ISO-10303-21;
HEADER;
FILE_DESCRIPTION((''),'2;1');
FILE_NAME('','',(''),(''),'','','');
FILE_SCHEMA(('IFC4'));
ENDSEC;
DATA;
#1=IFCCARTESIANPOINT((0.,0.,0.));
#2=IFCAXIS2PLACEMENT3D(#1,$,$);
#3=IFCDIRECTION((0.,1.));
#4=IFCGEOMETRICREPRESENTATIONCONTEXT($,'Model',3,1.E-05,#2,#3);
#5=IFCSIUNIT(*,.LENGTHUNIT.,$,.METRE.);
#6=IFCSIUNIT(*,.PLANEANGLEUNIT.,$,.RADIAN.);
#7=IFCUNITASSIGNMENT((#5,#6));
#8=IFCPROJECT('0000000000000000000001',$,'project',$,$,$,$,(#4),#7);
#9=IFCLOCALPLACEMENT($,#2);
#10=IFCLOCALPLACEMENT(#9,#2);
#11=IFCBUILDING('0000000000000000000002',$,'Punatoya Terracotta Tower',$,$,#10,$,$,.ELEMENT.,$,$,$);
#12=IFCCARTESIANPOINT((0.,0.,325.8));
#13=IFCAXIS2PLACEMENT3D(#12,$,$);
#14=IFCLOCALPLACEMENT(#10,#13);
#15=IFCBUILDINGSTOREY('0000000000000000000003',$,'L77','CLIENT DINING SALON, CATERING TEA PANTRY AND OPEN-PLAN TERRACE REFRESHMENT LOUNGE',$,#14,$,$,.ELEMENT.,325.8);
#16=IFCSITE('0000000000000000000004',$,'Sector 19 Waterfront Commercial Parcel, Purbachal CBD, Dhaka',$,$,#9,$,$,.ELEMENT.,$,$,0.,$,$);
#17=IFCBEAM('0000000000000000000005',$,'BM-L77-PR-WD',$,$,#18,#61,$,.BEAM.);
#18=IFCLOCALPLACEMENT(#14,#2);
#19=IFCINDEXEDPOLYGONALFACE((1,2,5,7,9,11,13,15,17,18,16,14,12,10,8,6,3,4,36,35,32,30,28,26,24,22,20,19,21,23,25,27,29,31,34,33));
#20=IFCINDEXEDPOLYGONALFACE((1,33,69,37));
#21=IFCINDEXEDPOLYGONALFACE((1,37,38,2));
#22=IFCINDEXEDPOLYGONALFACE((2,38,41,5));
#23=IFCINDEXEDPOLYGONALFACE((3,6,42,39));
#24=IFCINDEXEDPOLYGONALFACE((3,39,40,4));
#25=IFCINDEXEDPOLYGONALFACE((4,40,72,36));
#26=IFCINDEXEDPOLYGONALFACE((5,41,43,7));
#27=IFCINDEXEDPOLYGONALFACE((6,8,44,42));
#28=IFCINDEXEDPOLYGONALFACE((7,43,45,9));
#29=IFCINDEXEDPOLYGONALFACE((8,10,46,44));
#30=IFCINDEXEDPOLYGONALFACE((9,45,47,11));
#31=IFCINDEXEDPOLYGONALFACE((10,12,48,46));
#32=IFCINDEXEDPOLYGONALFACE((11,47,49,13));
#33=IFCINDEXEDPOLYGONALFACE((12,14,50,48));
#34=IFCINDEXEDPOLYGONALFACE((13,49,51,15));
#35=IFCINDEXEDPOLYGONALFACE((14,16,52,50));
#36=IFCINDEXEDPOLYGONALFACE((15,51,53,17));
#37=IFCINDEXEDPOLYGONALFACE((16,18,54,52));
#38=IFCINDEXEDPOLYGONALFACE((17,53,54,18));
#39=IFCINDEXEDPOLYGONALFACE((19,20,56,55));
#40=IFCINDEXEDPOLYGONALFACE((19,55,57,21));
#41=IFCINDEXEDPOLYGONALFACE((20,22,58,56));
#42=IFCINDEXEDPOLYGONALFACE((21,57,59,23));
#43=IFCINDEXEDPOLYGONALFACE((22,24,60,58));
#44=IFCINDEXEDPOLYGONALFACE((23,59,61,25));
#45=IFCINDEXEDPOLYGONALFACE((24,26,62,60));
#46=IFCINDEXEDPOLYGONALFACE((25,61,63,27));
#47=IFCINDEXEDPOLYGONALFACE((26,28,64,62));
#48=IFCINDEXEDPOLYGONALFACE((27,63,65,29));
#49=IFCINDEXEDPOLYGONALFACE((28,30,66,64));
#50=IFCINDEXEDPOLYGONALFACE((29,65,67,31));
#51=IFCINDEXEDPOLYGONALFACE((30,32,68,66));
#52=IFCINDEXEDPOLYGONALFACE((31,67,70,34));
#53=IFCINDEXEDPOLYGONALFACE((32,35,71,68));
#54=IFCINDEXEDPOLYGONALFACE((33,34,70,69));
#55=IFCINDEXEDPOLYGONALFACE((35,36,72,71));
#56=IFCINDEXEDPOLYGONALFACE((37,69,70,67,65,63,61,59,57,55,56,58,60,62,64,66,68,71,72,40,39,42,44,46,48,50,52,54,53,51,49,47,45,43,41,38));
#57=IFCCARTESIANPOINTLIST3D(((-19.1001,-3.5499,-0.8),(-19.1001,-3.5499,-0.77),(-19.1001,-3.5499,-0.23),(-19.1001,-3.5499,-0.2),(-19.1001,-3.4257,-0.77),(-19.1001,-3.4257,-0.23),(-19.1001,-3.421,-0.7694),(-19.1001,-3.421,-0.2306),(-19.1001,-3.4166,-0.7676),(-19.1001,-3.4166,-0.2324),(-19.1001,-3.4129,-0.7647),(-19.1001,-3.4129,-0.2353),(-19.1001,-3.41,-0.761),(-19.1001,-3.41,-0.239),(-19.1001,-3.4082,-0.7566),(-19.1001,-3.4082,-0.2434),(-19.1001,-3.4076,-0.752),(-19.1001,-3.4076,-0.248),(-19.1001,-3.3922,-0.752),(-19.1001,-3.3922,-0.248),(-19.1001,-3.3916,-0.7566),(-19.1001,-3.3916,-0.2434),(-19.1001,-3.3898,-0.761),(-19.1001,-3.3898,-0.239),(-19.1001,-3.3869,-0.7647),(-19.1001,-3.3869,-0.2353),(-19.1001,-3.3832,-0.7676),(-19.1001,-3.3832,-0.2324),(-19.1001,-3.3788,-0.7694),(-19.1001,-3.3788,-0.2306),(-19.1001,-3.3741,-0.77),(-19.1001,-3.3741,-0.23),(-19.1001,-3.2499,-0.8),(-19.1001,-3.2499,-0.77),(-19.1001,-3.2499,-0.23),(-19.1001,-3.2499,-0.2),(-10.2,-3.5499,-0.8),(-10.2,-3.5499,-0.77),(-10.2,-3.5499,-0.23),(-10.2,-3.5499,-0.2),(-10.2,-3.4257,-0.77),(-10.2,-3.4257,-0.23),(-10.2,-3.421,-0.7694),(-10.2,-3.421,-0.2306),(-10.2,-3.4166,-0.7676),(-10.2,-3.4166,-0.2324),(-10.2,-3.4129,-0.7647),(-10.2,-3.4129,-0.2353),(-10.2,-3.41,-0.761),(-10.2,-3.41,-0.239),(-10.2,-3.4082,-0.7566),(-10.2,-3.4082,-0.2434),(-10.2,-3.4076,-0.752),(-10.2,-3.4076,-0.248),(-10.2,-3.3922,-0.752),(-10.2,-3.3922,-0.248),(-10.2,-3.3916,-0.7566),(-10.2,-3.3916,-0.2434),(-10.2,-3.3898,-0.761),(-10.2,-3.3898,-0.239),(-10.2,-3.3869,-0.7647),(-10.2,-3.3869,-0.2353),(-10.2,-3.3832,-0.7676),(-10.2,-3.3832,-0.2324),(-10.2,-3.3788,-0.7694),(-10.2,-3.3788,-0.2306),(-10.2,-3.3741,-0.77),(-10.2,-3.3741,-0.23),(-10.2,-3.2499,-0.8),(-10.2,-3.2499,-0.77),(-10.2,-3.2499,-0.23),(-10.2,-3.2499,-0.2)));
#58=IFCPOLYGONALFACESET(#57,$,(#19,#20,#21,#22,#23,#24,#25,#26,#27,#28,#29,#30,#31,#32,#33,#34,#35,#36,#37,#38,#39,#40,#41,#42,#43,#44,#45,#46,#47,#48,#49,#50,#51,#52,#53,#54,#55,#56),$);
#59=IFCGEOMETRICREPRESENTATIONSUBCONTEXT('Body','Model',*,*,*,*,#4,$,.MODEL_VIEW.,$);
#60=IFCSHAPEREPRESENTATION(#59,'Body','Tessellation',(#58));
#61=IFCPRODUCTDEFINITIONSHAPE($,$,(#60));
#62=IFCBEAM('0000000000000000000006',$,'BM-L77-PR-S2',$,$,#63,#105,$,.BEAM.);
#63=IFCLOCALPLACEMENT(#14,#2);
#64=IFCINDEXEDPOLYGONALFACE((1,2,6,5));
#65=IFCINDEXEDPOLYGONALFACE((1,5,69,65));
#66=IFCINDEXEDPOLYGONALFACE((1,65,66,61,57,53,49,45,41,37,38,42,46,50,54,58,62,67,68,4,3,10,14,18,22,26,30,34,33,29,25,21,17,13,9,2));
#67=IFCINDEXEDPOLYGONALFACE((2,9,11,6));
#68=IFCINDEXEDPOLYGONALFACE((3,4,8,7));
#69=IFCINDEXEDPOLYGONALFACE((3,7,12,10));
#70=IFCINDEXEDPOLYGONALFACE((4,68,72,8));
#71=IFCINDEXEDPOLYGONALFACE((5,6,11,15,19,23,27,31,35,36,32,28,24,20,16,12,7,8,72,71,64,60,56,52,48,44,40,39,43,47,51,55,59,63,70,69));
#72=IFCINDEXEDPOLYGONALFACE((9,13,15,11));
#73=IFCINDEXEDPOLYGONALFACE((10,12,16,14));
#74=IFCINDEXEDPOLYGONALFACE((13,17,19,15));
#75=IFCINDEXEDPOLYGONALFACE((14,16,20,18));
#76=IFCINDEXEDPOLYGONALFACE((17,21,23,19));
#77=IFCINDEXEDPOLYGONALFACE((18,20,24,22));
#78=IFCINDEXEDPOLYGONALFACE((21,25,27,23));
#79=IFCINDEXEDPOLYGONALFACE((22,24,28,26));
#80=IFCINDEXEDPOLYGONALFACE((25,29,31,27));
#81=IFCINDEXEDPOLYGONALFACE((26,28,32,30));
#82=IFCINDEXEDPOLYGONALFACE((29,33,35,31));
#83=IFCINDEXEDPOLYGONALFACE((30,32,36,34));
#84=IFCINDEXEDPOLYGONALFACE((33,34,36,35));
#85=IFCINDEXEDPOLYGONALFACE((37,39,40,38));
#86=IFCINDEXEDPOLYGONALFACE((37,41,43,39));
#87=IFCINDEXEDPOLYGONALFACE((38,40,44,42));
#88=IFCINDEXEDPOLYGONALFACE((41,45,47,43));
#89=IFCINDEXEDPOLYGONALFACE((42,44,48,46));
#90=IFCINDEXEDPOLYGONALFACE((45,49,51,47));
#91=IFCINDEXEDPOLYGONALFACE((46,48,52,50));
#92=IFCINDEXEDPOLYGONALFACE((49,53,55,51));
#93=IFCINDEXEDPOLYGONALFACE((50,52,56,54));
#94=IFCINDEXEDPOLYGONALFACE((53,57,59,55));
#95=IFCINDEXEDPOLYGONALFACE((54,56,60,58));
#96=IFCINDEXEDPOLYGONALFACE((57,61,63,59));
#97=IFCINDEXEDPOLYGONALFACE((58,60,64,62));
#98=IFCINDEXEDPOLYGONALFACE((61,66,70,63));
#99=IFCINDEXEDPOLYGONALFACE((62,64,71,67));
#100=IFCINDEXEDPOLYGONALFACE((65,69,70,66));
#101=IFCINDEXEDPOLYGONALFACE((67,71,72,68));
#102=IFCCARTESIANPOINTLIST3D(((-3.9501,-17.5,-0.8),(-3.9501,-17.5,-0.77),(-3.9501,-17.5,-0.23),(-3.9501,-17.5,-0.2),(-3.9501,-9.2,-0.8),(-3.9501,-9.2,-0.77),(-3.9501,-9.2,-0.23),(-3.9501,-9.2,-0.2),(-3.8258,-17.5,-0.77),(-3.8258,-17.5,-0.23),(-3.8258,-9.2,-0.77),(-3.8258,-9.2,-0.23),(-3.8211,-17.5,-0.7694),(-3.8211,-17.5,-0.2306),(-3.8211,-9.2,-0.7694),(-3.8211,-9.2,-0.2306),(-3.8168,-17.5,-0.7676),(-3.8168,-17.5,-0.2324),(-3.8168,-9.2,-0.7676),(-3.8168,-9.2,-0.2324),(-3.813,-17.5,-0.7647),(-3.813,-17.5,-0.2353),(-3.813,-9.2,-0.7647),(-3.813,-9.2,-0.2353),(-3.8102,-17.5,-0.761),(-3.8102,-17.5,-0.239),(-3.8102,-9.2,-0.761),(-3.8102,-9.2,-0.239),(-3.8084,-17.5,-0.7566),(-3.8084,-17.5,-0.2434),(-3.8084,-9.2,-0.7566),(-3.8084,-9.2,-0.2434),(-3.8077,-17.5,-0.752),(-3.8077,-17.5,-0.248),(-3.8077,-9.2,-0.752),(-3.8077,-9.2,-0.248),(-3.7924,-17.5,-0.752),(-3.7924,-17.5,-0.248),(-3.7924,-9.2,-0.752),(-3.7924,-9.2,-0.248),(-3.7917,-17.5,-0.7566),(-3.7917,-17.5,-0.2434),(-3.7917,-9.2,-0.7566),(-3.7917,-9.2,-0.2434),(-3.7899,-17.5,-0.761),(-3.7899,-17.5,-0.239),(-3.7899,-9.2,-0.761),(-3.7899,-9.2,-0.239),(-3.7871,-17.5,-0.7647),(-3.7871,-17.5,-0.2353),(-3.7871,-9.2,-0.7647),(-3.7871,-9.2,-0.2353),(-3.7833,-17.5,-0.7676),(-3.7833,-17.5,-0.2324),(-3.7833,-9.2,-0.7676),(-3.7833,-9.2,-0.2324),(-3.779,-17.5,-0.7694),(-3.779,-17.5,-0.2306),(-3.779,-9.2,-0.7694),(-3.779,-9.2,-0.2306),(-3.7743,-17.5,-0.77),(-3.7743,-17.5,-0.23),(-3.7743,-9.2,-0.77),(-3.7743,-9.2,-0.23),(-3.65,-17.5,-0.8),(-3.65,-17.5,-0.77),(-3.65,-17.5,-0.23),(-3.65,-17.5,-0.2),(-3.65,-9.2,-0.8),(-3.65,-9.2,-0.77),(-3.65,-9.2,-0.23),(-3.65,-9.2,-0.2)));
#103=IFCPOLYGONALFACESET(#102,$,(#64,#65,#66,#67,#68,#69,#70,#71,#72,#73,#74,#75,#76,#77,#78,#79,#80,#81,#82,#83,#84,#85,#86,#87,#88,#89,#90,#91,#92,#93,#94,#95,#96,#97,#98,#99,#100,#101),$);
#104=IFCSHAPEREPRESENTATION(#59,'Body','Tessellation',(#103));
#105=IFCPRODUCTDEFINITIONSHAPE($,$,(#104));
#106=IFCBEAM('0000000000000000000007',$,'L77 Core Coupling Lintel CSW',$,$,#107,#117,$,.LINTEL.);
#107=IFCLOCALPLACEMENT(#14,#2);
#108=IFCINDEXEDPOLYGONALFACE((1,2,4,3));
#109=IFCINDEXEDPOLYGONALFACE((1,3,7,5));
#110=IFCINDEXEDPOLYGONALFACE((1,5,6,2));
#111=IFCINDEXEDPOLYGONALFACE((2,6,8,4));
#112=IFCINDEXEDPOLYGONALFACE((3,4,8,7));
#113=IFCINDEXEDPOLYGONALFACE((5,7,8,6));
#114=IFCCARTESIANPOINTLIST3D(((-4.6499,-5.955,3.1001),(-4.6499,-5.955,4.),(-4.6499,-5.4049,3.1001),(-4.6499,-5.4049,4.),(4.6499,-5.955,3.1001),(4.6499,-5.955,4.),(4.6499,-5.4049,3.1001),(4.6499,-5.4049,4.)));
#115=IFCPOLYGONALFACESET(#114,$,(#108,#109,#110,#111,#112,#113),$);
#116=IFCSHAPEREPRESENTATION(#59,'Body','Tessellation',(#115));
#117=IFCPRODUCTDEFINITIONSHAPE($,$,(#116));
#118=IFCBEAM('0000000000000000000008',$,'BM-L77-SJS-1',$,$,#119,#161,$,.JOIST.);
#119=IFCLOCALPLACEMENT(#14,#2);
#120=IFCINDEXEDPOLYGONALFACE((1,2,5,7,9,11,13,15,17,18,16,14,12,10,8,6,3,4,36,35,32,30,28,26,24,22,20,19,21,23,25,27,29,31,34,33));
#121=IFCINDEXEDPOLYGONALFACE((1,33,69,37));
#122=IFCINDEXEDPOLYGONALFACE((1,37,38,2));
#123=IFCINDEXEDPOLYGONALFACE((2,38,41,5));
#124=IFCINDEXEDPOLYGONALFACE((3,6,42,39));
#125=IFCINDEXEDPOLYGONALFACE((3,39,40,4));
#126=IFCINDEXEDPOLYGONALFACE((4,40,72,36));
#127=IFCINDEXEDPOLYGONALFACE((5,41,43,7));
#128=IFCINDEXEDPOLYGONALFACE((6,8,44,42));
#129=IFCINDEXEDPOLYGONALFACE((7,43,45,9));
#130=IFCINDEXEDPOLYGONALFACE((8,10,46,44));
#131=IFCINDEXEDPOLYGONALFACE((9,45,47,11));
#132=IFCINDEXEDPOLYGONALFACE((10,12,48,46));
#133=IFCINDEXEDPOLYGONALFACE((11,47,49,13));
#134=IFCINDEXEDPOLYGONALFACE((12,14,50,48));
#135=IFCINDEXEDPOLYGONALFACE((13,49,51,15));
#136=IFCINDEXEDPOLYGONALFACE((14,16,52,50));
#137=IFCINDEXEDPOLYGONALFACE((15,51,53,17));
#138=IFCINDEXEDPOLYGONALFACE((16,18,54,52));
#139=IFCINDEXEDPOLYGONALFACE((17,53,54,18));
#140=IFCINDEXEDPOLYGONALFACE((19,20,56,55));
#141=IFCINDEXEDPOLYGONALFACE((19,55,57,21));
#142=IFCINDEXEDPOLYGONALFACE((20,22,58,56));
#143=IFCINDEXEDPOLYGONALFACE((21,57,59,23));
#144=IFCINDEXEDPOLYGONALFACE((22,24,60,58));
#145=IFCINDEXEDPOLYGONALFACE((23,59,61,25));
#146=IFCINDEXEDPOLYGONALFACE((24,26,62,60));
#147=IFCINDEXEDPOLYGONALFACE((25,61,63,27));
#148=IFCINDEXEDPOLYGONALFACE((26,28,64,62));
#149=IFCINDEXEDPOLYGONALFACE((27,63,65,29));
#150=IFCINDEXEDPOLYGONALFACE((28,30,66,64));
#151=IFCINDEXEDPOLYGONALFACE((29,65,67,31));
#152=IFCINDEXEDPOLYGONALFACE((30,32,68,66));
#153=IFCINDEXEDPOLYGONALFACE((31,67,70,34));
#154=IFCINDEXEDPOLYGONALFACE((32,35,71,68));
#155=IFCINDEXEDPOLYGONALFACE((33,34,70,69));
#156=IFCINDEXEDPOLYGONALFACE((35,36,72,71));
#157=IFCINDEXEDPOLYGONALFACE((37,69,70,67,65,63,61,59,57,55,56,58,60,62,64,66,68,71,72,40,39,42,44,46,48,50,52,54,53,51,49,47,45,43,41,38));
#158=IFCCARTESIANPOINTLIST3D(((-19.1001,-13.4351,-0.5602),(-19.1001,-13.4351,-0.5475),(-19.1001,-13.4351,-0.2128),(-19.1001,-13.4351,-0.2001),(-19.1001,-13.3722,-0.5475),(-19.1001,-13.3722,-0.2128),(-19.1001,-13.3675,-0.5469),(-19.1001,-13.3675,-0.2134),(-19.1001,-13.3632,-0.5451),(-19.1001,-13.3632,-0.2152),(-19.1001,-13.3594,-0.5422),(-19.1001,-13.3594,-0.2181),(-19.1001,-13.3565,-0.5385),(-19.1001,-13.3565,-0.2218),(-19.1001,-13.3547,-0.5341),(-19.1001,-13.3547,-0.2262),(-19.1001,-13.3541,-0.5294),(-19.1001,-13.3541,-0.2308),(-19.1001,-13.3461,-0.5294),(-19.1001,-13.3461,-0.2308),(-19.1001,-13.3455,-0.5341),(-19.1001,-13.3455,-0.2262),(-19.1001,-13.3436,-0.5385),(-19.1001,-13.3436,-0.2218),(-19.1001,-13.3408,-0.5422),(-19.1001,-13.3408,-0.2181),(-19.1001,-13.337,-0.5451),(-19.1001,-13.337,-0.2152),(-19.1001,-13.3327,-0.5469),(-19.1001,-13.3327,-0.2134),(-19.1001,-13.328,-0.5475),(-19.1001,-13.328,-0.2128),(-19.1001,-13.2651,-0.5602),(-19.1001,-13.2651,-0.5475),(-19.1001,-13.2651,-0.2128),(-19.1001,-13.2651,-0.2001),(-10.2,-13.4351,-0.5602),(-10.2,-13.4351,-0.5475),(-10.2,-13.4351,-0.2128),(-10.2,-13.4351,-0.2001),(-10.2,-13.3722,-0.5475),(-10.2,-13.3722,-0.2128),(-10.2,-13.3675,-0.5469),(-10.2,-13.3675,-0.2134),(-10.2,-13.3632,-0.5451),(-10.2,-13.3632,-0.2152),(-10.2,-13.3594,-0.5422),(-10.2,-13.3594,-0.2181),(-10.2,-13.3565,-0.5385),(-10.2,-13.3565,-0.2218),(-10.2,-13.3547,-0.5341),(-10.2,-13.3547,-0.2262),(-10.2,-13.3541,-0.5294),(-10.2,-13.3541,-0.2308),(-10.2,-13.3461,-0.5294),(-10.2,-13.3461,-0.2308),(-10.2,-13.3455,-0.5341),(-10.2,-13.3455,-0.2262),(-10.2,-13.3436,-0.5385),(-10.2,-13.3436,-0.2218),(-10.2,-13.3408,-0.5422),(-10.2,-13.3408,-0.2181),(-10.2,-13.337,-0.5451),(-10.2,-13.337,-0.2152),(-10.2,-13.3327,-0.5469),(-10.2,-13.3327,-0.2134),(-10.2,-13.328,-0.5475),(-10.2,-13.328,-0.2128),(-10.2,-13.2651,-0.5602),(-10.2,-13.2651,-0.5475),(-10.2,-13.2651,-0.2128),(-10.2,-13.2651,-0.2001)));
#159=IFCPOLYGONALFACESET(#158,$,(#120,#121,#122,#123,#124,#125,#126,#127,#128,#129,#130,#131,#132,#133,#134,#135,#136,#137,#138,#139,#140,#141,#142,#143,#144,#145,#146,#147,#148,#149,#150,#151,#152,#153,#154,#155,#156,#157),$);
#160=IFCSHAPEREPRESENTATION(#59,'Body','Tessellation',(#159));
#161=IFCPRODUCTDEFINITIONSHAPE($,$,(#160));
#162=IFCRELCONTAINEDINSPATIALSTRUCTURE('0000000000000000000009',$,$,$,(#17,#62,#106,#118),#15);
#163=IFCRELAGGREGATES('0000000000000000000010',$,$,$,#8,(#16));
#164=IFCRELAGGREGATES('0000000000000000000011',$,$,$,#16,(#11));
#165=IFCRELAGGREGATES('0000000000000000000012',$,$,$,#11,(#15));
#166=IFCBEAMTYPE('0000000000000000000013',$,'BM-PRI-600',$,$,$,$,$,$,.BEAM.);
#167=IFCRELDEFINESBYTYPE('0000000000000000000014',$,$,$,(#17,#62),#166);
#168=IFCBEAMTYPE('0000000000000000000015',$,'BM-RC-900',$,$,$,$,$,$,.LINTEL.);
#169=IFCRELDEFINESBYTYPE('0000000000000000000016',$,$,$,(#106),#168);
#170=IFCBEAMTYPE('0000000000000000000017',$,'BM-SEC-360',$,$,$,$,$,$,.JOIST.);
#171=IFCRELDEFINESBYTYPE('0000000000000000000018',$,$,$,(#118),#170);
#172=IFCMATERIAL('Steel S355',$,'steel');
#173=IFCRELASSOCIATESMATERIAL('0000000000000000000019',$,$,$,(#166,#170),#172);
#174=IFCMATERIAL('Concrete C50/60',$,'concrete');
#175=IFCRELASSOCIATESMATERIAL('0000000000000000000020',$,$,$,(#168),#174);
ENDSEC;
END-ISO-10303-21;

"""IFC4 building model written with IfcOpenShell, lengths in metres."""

from ifc_helpers import new_model, si_unit, direction, frame, origin, origin_2d, place, context, subcontext, project, spatial, rectangle, i_section, extrude, material, material_profile, profile_set, type_object, element, save


model = new_model("IFC4")

# Units and contexts
model_context = context("Model", 3, precision=1e-05, world=origin(), true_north=direction((0.0, 1.0)))
body_context = subcontext(model_context, "Body", "Model", "MODEL_VIEW")
ifc_project = project(units=[si_unit("LENGTHUNIT", "METRE"), si_unit("PLANEANGLEUNIT", "RADIAN")], contexts=[model_context])

# Site, building, storey
site_placement = place(None, origin())
site = spatial("IfcSite", under=ifc_project, at=site_placement, Name="Sector 19 Waterfront Commercial Parcel, Purbachal CBD, Dhaka", CompositionType="ELEMENT", RefElevation=0.0)
building_placement = place(site_placement, origin())
building = spatial("IfcBuilding", under=site, at=building_placement, Name="Punatoya Terracotta Tower", CompositionType="ELEMENT")
storey_placement = place(building_placement, frame((0.0, 0.0, 325.8)))
storey = spatial("IfcBuildingStorey", under=building, at=storey_placement, Name="L77", Description="CLIENT DINING SALON, CATERING TEA PANTRY AND OPEN-PLAN TERRACE REFRESHMENT LOUNGE", CompositionType="ELEMENT", Elevation=325.8)

# Beams
ifc_material_1 = material(Name="Steel S355", Category="steel")
ifc_material_profile_1 = material_profile(ifc_material_1, i_section(OverallWidth=0.3, OverallDepth=0.6001, WebThickness=0.0154, FlangeThickness=0.03, FilletRadius=0.0181, at=origin_2d()))
ifc_profile_set_1 = profile_set([ifc_material_profile_1], Name="Steel S355")
beam_type_1 = type_object("IfcBeamType", Name="BM-PRI-600", PredefinedType="BEAM", material=ifc_profile_set_1)
for number, where, z_axis, x_axis, name in (
    (1, (-19.1001, -3.3999, -0.5), (1.0, 0.0, 0.0), (0.0, 1.0, 0.0), "BM-L77-PR-WD"),
):
    element("IfcBeam", number, at=place(storey_placement, frame(where, z_axis=z_axis, x_axis=x_axis)), inside=storey, type_object=beam_type_1, Name=name, PredefinedType="BEAM", context=body_context, shape_type="SweptSolid", body=[
        extrude(i_section(OverallWidth=0.3, OverallDepth=0.6001, WebThickness=0.0154, FlangeThickness=0.03, FilletRadius=0.0181, at=origin_2d()), origin(), (0.0, 0.0, 1.0), 8.9001),
    ])
beam_1_placement = place(storey_placement, frame((-3.8, -17.5, -0.5), z_axis=(0.0, 1.0, 0.0), x_axis=(-1.0, 0.0, 0.0)))
element("IfcBeam", 2, at=beam_1_placement, inside=storey, type_object=beam_type_1, Name="BM-L77-PR-S2", PredefinedType="BEAM", context=body_context, shape_type="SweptSolid", body=[
    extrude(i_section(OverallWidth=0.3, OverallDepth=0.6001, WebThickness=0.0154, FlangeThickness=0.03, FilletRadius=0.0181, at=origin_2d()), origin(), (0.0, 0.0, 1.0), 8.3),
])
ifc_material_2 = material(Name="Concrete C50/60", Category="concrete")
ifc_material_profile_2 = material_profile(ifc_material_2, rectangle(XDim=0.55, YDim=0.8999, at=origin_2d()))
ifc_profile_set_2 = profile_set([ifc_material_profile_2], Name="Concrete C50/60")
beam_type_2 = type_object("IfcBeamType", Name="BM-RC-900", PredefinedType="LINTEL", material=ifc_profile_set_2)
beam_2_placement = place(storey_placement, frame((-4.6499, -5.6799, 3.55), z_axis=(1.0, 0.0, 0.0), x_axis=(0.0, 1.0, 0.0)))
element("IfcBeam", 3, at=beam_2_placement, inside=storey, type_object=beam_type_2, Name="L77 Core Coupling Lintel CSW", PredefinedType="LINTEL", context=body_context, shape_type="SweptSolid", body=[
    extrude(rectangle(XDim=0.55, YDim=0.8999, at=origin_2d()), origin(), (0.0, 0.0, 1.0), 9.2998),
])
ifc_material_profile_3 = material_profile(ifc_material_1, i_section(OverallWidth=0.1699, OverallDepth=0.3601, WebThickness=0.0081, FlangeThickness=0.0127, FilletRadius=0.0181, at=origin_2d()))
ifc_profile_set_3 = profile_set([ifc_material_profile_3], Name="Steel S355")
beam_type_3 = type_object("IfcBeamType", Name="BM-SEC-360", PredefinedType="JOIST", material=ifc_profile_set_3)
beam_3_placement = place(storey_placement, frame((-19.1001, -13.3501, -0.3801), z_axis=(1.0, 0.0, 0.0), x_axis=(0.0, 1.0, 0.0)))
element("IfcBeam", 4, at=beam_3_placement, inside=storey, type_object=beam_type_3, Name="BM-L77-SJS-1", PredefinedType="JOIST", context=body_context, shape_type="SweptSolid", body=[
    extrude(i_section(OverallWidth=0.1699, OverallDepth=0.3601, WebThickness=0.0081, FlangeThickness=0.0127, FilletRadius=0.0181, at=origin_2d()), origin(), (0.0, 0.0, 1.0), 8.9001),
])

save(model, "model.ifc")
